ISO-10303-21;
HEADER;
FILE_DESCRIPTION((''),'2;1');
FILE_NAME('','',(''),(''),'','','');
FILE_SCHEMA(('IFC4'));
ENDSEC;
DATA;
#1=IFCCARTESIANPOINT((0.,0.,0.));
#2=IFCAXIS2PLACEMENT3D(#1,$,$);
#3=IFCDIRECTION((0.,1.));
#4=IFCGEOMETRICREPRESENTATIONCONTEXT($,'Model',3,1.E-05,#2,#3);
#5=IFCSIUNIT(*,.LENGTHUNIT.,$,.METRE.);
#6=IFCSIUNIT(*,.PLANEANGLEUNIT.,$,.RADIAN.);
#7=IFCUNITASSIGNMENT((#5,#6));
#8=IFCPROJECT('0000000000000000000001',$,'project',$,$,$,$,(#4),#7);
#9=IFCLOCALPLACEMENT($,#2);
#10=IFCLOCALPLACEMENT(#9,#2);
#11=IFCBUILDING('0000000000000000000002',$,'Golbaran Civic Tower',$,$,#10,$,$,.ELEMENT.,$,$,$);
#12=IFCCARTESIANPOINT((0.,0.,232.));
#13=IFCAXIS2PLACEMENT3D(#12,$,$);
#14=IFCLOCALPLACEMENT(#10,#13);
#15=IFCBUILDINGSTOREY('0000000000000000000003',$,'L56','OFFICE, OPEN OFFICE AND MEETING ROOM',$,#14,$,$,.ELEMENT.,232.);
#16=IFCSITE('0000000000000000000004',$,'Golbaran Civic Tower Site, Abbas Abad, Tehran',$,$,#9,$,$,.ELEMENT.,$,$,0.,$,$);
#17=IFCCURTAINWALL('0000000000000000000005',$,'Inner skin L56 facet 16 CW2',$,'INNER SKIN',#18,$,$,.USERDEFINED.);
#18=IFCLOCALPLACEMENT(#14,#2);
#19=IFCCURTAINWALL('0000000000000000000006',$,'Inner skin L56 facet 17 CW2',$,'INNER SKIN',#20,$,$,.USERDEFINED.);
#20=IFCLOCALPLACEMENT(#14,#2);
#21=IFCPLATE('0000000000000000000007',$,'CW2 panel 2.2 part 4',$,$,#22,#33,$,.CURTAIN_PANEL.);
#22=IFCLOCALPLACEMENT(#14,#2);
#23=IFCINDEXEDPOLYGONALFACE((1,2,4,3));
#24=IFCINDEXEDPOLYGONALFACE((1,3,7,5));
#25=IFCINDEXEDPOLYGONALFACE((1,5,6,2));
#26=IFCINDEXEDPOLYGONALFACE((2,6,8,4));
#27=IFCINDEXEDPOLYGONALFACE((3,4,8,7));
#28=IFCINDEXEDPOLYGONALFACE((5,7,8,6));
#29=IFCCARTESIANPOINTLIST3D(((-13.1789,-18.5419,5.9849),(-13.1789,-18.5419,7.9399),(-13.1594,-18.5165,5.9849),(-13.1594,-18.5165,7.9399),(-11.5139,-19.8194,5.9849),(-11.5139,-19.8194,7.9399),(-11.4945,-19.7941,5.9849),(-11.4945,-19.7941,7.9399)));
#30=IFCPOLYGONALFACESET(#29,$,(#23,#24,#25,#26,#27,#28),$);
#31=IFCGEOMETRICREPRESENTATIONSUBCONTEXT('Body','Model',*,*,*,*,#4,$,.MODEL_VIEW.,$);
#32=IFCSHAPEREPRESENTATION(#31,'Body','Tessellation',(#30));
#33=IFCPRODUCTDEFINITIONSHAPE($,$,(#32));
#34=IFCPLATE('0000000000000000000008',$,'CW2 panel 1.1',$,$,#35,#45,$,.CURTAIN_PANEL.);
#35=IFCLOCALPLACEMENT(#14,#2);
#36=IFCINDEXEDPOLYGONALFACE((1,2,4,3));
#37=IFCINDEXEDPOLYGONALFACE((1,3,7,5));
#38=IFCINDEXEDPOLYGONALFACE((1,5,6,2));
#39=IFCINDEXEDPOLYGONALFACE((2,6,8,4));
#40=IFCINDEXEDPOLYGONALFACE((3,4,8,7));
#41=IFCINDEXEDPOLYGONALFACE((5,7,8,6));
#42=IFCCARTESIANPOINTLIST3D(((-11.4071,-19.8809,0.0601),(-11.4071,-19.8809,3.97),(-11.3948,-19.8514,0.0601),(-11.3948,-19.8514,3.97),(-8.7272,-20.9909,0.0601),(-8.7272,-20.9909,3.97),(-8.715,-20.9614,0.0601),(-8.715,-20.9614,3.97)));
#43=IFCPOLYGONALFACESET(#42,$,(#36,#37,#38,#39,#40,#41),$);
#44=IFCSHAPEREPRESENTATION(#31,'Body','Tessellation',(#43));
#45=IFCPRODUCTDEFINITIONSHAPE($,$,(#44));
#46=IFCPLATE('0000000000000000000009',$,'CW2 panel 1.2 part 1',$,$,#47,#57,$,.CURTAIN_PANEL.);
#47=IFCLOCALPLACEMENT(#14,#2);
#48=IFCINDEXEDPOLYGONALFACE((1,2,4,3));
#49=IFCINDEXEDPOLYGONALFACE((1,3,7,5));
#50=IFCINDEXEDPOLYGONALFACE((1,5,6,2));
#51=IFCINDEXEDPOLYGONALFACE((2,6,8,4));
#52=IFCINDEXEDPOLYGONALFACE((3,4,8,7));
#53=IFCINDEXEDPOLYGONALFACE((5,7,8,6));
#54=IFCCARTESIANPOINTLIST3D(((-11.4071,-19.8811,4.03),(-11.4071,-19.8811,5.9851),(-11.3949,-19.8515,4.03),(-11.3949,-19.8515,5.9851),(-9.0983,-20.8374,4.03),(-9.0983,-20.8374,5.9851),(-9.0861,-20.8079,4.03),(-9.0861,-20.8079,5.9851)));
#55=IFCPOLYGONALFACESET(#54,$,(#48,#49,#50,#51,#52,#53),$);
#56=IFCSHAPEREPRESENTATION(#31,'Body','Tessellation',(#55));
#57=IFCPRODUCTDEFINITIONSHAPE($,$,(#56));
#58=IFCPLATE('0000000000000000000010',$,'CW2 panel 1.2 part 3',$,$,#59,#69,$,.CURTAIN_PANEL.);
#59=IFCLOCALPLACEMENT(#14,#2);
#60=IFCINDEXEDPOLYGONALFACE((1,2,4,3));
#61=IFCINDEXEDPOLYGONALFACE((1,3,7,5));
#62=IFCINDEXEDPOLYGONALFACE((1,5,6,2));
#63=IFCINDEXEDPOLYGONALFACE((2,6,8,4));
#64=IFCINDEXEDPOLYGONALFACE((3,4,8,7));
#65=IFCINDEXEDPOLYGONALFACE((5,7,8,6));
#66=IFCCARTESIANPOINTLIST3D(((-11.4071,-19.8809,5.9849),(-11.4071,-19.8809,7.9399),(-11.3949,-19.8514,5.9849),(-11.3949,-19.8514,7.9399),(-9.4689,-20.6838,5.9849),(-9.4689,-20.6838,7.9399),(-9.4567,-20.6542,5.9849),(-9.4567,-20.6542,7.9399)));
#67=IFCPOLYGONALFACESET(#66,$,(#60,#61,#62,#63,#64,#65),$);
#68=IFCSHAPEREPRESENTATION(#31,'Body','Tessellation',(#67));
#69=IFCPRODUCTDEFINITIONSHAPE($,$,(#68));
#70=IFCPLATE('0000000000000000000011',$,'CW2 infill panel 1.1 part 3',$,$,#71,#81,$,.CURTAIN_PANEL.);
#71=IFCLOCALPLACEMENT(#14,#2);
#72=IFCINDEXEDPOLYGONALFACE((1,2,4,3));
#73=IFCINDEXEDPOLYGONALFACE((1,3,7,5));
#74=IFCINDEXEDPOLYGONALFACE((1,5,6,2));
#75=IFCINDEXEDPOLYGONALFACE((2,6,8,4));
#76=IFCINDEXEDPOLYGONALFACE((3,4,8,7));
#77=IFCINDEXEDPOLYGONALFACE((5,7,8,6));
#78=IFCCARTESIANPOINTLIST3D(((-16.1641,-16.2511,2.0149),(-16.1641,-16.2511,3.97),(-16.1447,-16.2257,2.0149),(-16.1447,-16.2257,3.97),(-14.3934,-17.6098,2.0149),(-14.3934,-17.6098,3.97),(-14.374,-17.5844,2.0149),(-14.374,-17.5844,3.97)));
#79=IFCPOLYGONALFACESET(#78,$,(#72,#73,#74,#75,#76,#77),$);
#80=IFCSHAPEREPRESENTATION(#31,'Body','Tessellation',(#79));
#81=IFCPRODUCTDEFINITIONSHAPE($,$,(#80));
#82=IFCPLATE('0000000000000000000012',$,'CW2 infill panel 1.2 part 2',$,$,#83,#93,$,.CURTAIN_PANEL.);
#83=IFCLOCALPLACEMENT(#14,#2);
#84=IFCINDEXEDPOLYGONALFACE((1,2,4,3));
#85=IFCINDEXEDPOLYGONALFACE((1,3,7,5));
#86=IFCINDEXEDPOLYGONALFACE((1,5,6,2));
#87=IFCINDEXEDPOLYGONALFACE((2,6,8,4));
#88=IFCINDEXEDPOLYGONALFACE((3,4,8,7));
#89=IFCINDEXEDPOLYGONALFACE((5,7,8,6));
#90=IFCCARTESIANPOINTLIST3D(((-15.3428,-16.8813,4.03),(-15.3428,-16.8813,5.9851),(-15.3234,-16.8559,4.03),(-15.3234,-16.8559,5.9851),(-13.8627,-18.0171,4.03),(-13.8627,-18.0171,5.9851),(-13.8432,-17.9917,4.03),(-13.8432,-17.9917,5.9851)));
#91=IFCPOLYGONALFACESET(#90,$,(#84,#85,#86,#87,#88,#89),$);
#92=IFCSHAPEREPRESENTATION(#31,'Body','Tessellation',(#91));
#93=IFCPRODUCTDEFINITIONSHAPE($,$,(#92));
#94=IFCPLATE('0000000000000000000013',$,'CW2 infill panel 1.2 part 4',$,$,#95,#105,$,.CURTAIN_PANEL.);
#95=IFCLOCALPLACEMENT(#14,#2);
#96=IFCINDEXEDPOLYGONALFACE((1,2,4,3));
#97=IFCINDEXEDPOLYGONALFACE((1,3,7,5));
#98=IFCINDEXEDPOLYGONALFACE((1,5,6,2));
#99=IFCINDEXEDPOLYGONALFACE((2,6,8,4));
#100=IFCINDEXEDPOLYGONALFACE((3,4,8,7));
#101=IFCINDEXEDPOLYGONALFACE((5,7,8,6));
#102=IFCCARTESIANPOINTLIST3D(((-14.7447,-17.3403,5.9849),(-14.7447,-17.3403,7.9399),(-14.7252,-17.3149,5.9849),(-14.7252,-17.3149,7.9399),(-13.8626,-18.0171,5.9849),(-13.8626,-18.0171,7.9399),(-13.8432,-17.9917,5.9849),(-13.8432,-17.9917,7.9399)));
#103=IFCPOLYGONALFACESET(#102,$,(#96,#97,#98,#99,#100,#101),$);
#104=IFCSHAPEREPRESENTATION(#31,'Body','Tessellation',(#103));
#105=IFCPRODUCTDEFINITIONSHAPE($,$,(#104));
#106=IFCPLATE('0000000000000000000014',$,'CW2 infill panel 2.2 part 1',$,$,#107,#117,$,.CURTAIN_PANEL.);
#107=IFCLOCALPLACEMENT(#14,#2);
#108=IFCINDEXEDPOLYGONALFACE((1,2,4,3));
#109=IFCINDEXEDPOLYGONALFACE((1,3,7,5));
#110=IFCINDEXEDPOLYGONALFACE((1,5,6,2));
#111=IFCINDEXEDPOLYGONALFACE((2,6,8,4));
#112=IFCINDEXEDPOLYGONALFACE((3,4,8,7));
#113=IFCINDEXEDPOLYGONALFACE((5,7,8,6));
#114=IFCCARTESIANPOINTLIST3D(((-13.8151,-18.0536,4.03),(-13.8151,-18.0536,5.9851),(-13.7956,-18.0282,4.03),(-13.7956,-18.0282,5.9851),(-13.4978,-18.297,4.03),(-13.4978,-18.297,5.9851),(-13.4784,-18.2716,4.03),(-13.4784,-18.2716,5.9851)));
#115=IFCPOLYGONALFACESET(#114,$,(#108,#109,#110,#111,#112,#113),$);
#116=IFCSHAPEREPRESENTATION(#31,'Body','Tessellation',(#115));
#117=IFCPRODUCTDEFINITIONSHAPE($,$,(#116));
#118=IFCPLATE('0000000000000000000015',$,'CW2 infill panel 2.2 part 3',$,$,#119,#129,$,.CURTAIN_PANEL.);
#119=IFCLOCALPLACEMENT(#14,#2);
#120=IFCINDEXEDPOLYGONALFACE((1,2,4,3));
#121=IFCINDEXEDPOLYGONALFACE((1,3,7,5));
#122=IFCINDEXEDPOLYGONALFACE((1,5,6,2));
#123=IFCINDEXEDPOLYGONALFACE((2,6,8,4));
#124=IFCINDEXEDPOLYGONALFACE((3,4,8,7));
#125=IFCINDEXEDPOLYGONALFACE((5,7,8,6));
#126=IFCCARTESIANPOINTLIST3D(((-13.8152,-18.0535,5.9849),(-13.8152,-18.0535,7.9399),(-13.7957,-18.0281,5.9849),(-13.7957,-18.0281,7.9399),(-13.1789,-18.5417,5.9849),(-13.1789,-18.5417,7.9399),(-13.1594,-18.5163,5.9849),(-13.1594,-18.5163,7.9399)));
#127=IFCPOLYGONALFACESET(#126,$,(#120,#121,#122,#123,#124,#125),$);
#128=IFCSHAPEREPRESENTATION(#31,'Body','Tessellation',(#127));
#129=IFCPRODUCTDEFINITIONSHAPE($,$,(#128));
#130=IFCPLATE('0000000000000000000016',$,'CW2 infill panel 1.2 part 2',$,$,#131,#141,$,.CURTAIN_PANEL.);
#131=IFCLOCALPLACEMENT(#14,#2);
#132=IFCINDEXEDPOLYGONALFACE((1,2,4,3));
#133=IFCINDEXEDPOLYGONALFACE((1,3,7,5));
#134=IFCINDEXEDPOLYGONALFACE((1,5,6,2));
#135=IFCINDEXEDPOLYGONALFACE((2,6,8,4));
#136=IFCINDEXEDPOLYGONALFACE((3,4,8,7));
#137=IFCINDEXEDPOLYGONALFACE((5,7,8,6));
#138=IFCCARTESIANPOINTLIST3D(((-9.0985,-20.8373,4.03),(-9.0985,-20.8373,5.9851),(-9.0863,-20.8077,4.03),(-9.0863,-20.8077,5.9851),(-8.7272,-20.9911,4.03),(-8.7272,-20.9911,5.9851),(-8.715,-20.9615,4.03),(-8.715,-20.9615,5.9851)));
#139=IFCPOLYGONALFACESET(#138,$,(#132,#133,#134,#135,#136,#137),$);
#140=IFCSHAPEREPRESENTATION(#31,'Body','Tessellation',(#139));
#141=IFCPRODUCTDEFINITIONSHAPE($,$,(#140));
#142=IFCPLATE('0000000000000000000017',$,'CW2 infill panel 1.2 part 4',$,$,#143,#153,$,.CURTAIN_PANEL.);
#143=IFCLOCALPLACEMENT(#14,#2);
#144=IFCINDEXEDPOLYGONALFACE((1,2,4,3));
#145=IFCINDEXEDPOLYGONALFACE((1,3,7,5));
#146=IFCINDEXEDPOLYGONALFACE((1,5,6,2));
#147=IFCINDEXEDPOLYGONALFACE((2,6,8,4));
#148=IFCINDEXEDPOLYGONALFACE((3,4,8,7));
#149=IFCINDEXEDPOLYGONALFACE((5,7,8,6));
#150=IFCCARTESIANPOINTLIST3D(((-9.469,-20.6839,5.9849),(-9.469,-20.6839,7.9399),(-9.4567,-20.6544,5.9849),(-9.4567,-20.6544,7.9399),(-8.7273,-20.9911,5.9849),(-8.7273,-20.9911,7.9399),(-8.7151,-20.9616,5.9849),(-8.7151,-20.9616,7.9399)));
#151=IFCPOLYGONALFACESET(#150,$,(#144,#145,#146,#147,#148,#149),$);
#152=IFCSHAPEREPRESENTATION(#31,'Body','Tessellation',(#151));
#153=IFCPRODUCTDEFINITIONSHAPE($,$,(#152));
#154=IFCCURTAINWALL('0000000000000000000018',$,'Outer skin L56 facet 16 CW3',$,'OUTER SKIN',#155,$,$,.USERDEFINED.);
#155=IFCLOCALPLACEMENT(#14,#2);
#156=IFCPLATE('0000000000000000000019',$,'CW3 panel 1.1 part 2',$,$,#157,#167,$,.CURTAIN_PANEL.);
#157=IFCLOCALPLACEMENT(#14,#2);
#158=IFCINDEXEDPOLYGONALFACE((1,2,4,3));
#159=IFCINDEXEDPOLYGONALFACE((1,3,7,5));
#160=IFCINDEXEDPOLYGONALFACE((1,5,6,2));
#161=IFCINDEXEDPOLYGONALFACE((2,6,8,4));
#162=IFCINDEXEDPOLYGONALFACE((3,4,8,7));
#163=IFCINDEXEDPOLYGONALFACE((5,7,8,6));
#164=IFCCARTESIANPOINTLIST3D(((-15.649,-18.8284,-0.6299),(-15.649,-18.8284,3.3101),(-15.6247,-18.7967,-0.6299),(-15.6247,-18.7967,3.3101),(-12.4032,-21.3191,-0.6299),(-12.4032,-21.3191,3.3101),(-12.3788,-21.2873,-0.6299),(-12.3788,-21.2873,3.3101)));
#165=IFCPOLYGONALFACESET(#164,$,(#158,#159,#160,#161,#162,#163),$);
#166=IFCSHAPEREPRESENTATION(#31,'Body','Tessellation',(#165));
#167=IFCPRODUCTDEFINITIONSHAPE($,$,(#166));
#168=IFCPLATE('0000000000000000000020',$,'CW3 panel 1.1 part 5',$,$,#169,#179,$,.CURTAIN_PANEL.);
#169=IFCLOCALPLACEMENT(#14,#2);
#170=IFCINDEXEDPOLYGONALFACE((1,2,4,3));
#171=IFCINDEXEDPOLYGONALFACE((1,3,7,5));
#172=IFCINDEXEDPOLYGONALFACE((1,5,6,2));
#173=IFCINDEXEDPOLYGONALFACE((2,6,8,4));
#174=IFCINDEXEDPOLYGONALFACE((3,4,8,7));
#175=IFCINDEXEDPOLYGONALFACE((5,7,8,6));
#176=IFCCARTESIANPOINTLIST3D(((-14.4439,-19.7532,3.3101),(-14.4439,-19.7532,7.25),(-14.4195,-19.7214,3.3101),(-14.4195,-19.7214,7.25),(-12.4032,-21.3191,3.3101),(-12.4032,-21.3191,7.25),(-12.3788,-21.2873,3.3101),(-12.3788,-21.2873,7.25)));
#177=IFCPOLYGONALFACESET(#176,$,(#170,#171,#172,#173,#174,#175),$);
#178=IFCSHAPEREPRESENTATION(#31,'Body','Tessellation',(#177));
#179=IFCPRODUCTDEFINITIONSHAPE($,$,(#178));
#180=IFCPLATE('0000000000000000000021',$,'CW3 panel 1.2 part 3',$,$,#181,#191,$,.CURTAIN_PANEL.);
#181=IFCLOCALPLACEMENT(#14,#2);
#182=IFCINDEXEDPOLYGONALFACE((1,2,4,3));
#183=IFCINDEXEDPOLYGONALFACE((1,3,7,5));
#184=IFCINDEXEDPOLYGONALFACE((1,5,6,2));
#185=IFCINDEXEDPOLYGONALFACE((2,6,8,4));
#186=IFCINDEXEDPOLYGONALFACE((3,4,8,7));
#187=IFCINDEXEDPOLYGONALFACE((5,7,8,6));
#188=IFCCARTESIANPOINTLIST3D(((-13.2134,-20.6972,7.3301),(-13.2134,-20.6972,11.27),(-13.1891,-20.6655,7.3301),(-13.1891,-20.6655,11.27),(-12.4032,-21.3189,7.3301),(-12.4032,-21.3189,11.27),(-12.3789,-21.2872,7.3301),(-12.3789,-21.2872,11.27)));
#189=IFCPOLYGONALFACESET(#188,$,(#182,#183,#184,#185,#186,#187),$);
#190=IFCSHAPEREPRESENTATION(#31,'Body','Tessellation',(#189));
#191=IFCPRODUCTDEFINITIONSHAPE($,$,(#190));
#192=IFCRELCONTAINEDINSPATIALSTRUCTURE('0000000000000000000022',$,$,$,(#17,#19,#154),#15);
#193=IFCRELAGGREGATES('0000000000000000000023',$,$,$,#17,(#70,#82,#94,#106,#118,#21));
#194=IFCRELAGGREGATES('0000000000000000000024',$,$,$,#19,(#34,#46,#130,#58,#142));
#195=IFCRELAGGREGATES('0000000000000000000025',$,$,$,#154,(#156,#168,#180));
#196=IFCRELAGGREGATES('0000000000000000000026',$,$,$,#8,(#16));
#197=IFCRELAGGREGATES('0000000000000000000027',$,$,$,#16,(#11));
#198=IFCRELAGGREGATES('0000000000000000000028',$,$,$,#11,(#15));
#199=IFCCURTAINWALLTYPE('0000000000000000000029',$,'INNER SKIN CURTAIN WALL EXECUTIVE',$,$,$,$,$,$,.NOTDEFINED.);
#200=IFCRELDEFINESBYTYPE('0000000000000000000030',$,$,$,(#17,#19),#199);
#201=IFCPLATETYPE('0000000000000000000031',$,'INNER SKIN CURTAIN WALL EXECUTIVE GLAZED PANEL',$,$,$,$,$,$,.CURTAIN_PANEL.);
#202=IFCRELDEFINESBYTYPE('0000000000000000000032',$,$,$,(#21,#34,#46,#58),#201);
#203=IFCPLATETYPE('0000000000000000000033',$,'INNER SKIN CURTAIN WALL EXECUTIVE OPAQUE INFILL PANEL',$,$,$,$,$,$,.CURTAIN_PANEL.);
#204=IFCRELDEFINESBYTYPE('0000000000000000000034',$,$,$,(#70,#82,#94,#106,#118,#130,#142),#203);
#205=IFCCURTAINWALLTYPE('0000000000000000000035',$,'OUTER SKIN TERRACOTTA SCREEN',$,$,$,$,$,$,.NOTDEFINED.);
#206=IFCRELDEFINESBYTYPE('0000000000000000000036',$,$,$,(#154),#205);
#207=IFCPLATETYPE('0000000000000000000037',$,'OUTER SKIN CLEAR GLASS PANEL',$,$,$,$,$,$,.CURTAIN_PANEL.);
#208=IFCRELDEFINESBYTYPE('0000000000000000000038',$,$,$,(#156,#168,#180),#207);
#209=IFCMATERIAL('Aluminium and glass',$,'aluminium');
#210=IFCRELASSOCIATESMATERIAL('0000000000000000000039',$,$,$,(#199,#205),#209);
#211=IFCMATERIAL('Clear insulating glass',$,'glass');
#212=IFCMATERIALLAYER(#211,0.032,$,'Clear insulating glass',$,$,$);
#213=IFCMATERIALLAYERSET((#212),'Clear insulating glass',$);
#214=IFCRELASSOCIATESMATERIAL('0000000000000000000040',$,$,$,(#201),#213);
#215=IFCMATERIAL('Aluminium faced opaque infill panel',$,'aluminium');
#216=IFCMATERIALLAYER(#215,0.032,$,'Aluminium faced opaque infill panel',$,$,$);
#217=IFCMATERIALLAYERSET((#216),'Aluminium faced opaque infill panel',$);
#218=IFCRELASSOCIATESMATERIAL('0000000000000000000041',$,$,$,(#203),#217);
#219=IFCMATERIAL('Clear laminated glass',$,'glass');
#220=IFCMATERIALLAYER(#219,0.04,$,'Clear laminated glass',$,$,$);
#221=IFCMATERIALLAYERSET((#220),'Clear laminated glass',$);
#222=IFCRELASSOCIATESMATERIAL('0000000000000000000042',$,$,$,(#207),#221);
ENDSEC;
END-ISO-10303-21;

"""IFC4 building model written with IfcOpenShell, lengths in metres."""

from ifc_helpers import new_model, si_unit, direction, frame, origin, origin_2d, place, context, subcontext, project, spatial, rectangle, extrude, material, layer, layer_set, type_object, element, aggregate, save


model = new_model("IFC4")

# Units and contexts
model_context = context("Model", 3, precision=1e-05, world=origin(), true_north=direction((0.0, 1.0)))
body_context = subcontext(model_context, "Body", "Model", "MODEL_VIEW")
ifc_project = project(units=[si_unit("LENGTHUNIT", "METRE"), si_unit("PLANEANGLEUNIT", "RADIAN")], contexts=[model_context])

# Site, building, storey
site_placement = place(None, origin())
site = spatial("IfcSite", under=ifc_project, at=site_placement, Name="Golbaran Civic Tower Site, Abbas Abad, Tehran", CompositionType="ELEMENT", RefElevation=0.0)
building_placement = place(site_placement, origin())
building = spatial("IfcBuilding", under=site, at=building_placement, Name="Golbaran Civic Tower", CompositionType="ELEMENT")
storey_placement = place(building_placement, frame((0.0, 0.0, 232.0)))
storey = spatial("IfcBuildingStorey", under=building, at=storey_placement, Name="L56", Description="OFFICE, OPEN OFFICE AND MEETING ROOM", CompositionType="ELEMENT", Elevation=232.0)

# Curtain walls
ifc_material_1 = material(Name="Aluminium and glass", Category="aluminium")
curtain_wall_type_1 = type_object("IfcCurtainWallType", Name="INNER SKIN CURTAIN WALL EXECUTIVE", PredefinedType="NOTDEFINED", material=ifc_material_1)
curtain_wall_1_placement = place(storey_placement, origin())
curtain_wall_1 = element("IfcCurtainWall", 1, at=curtain_wall_1_placement, inside=storey, type_object=curtain_wall_type_1, Name="Inner skin L56 facet 16 CW2", ObjectType="INNER SKIN", PredefinedType="USERDEFINED")
curtain_wall_2_placement = place(storey_placement, origin())
curtain_wall_2 = element("IfcCurtainWall", 2, at=curtain_wall_2_placement, inside=storey, type_object=curtain_wall_type_1, Name="Inner skin L56 facet 17 CW2", ObjectType="INNER SKIN", PredefinedType="USERDEFINED")

# Plates
ifc_material_2 = material(Name="Clear insulating glass", Category="glass")
ifc_layer_1 = layer(ifc_material_2, 0.032, Name="Clear insulating glass")
ifc_layer_set_1 = layer_set([ifc_layer_1], Name="Clear insulating glass")
plate_type_1 = type_object("IfcPlateType", Name="INNER SKIN CURTAIN WALL EXECUTIVE GLAZED PANEL", PredefinedType="CURTAIN_PANEL", material=ifc_layer_set_1)
plate_1_placement = place(storey_placement, frame((-12.3367, -19.168, 5.9849), z_axis=(0.0, 0.0, 1.0), x_axis=(0.793353, -0.608761, 0.0)))
plate_1 = element("IfcPlate", 3, at=plate_1_placement, type_object=plate_type_1, Name="CW2 panel 2.2 part 4", PredefinedType="CURTAIN_PANEL", context=body_context, shape_type="SweptSolid", body=[
    extrude(rectangle(XDim=2.0986, YDim=0.032, at=origin_2d()), origin(), (0.0, 0.0, 1.0), 1.9551),
])
plate_2_placement = place(storey_placement, frame((-10.061, -20.4211, 0.0601), z_axis=(0.0, 0.0, 1.0), x_axis=(0.92388, -0.382683, 0.0)))
plate_2 = element("IfcPlate", 4, at=plate_2_placement, type_object=plate_type_1, Name="CW2 panel 1.1", PredefinedType="CURTAIN_PANEL", context=body_context, shape_type="SweptSolid", body=[
    extrude(rectangle(XDim=2.9006, YDim=0.032, at=origin_2d()), origin(), (0.0, 0.0, 1.0), 3.9099),
])
plate_3_placement = place(storey_placement, frame((-10.2466, -20.3445, 4.03), z_axis=(0.0, 0.0, 1.0), x_axis=(0.92388, -0.382683, 0.0)))
plate_3 = element("IfcPlate", 5, at=plate_3_placement, type_object=plate_type_1, Name="CW2 panel 1.2 part 1", PredefinedType="CURTAIN_PANEL", context=body_context, shape_type="SweptSolid", body=[
    extrude(rectangle(XDim=2.499, YDim=0.032, at=origin_2d()), origin(), (0.0, 0.0, 1.0), 1.9551),
])
plate_4_placement = place(storey_placement, frame((-10.4319, -20.2676, 5.9849), z_axis=(0.0, 0.0, 1.0), x_axis=(0.92388, -0.382683, 0.0)))
plate_4 = element("IfcPlate", 6, at=plate_4_placement, type_object=plate_type_1, Name="CW2 panel 1.2 part 3", PredefinedType="CURTAIN_PANEL", context=body_context, shape_type="SweptSolid", body=[
    extrude(rectangle(XDim=2.0979, YDim=0.032, at=origin_2d()), origin(), (0.0, 0.0, 1.0), 1.9551),
])
ifc_material_3 = material(Name="Aluminium faced opaque infill panel", Category="aluminium")
ifc_layer_2 = layer(ifc_material_3, 0.032, Name="Aluminium faced opaque infill panel")
ifc_layer_set_2 = layer_set([ifc_layer_2], Name="Aluminium faced opaque infill panel")
plate_type_2 = type_object("IfcPlateType", Name="INNER SKIN CURTAIN WALL EXECUTIVE OPAQUE INFILL PANEL", PredefinedType="CURTAIN_PANEL", material=ifc_layer_set_2)
plate_5_placement = place(storey_placement, frame((-15.269, -16.9177, 2.0149), z_axis=(0.0, 0.0, 1.0), x_axis=(0.793353, -0.608761, 0.0)))
plate_5 = element("IfcPlate", 7, at=plate_5_placement, type_object=plate_type_2, Name="CW2 infill panel 1.1 part 3", PredefinedType="CURTAIN_PANEL", context=body_context, shape_type="SweptSolid", body=[
    extrude(rectangle(XDim=2.2319, YDim=0.032, at=origin_2d()), origin(), (0.0, 0.0, 1.0), 1.9551),
])
plate_6_placement = place(storey_placement, frame((-14.593, -17.4365, 4.03), z_axis=(0.0, 0.0, 1.0), x_axis=(0.793353, -0.608761, 0.0)))
plate_6 = element("IfcPlate", 8, at=plate_6_placement, type_object=plate_type_2, Name="CW2 infill panel 1.2 part 2", PredefinedType="CURTAIN_PANEL", context=body_context, shape_type="SweptSolid", body=[
    extrude(rectangle(XDim=1.8657, YDim=0.032, at=origin_2d()), origin(), (0.0, 0.0, 1.0), 1.9551),
])
plate_7_placement = place(storey_placement, frame((-14.2939, -17.666, 5.9849), z_axis=(0.0, 0.0, 1.0), x_axis=(0.793353, -0.608761, 0.0)))
plate_7 = element("IfcPlate", 9, at=plate_7_placement, type_object=plate_type_2, Name="CW2 infill panel 1.2 part 4", PredefinedType="CURTAIN_PANEL", context=body_context, shape_type="SweptSolid", body=[
    extrude(rectangle(XDim=1.1118, YDim=0.032, at=origin_2d()), origin(), (0.0, 0.0, 1.0), 1.9551),
])
plate_8_placement = place(storey_placement, frame((-13.6467, -18.1626, 4.03), z_axis=(0.0, 0.0, 1.0), x_axis=(0.793353, -0.608761, 0.0)))
plate_8 = element("IfcPlate", 10, at=plate_8_placement, type_object=plate_type_2, Name="CW2 infill panel 2.2 part 1", PredefinedType="CURTAIN_PANEL", context=body_context, shape_type="SweptSolid", body=[
    extrude(rectangle(XDim=0.3999, YDim=0.032, at=origin_2d()), origin(), (0.0, 0.0, 1.0), 1.9551),
])
plate_9_placement = place(storey_placement, frame((-13.4873, -18.2849, 5.9849), z_axis=(0.0, 0.0, 1.0), x_axis=(0.793353, -0.608761, 0.0)))
plate_9 = element("IfcPlate", 11, at=plate_9_placement, type_object=plate_type_2, Name="CW2 infill panel 2.2 part 3", PredefinedType="CURTAIN_PANEL", context=body_context, shape_type="SweptSolid", body=[
    extrude(rectangle(XDim=0.802, YDim=0.032, at=origin_2d()), origin(), (0.0, 0.0, 1.0), 1.9551),
])
aggregate(curtain_wall_1, [plate_5, plate_6, plate_7, plate_8, plate_9, plate_1])
plate_10_placement = place(storey_placement, frame((-8.9067, -20.8994, 4.03), z_axis=(0.0, 0.0, 1.0), x_axis=(0.92388, -0.382683, 0.0)))
plate_10 = element("IfcPlate", 12, at=plate_10_placement, type_object=plate_type_2, Name="CW2 infill panel 1.2 part 2", PredefinedType="CURTAIN_PANEL", context=body_context, shape_type="SweptSolid", body=[
    extrude(rectangle(XDim=0.4019, YDim=0.032, at=origin_2d()), origin(), (0.0, 0.0, 1.0), 1.9551),
])
plate_11_placement = place(storey_placement, frame((-9.092, -20.8228, 5.9849), z_axis=(0.0, 0.0, 1.0), x_axis=(0.92388, -0.382683, 0.0)))
plate_11 = element("IfcPlate", 13, at=plate_11_placement, type_object=plate_type_2, Name="CW2 infill panel 1.2 part 4", PredefinedType="CURTAIN_PANEL", context=body_context, shape_type="SweptSolid", body=[
    extrude(rectangle(XDim=0.8027, YDim=0.032, at=origin_2d()), origin(), (0.0, 0.0, 1.0), 1.9551),
])
aggregate(curtain_wall_2, [plate_2, plate_3, plate_10, plate_4, plate_11])

# Curtain wall, plates
curtain_wall_type_2 = type_object("IfcCurtainWallType", Name="OUTER SKIN TERRACOTTA SCREEN", PredefinedType="NOTDEFINED", material=ifc_material_1)
curtain_wall_3_placement = place(storey_placement, origin())
curtain_wall_3 = element("IfcCurtainWall", 14, at=curtain_wall_3_placement, inside=storey, type_object=curtain_wall_type_2, Name="Outer skin L56 facet 16 CW3", ObjectType="OUTER SKIN", PredefinedType="USERDEFINED")
ifc_material_4 = material(Name="Clear laminated glass", Category="glass")
ifc_layer_3 = layer(ifc_material_4, 0.04, Name="Clear laminated glass")
ifc_layer_set_3 = layer_set([ifc_layer_3], Name="Clear laminated glass")
plate_type_3 = type_object("IfcPlateType", Name="OUTER SKIN CLEAR GLASS PANEL", PredefinedType="CURTAIN_PANEL", material=ifc_layer_set_3)
plate_12_placement = place(storey_placement, frame((-14.0139, -20.0579, -0.6299), z_axis=(0.0, 0.0, 1.0), x_axis=(0.793353, -0.608761, 0.0)))
plate_12 = element("IfcPlate", 15, at=plate_12_placement, type_object=plate_type_3, Name="CW3 panel 1.1 part 2", PredefinedType="CURTAIN_PANEL", context=body_context, shape_type="SweptSolid", body=[
    extrude(rectangle(XDim=4.0913, YDim=0.04, at=origin_2d()), origin(), (0.0, 0.0, 1.0), 3.9399),
])
plate_13_placement = place(storey_placement, frame((-13.4114, -20.5203, 3.3101), z_axis=(0.0, 0.0, 1.0), x_axis=(0.793353, -0.608761, 0.0)))
plate_13 = element("IfcPlate", 16, at=plate_13_placement, type_object=plate_type_3, Name="CW3 panel 1.1 part 5", PredefinedType="CURTAIN_PANEL", context=body_context, shape_type="SweptSolid", body=[
    extrude(rectangle(XDim=2.5723, YDim=0.04, at=origin_2d()), origin(), (0.0, 0.0, 1.0), 3.9399),
])
plate_14_placement = place(storey_placement, frame((-12.7961, -20.9922, 7.3301), z_axis=(0.0, 0.0, 1.0), x_axis=(0.793353, -0.608761, 0.0)))
plate_14 = element("IfcPlate", 17, at=plate_14_placement, type_object=plate_type_3, Name="CW3 panel 1.2 part 3", PredefinedType="CURTAIN_PANEL", context=body_context, shape_type="SweptSolid", body=[
    extrude(rectangle(XDim=1.0212, YDim=0.04, at=origin_2d()), origin(), (0.0, 0.0, 1.0), 3.9399),
])
aggregate(curtain_wall_3, [plate_12, plate_13, plate_14])

save(model, "model.ifc")
